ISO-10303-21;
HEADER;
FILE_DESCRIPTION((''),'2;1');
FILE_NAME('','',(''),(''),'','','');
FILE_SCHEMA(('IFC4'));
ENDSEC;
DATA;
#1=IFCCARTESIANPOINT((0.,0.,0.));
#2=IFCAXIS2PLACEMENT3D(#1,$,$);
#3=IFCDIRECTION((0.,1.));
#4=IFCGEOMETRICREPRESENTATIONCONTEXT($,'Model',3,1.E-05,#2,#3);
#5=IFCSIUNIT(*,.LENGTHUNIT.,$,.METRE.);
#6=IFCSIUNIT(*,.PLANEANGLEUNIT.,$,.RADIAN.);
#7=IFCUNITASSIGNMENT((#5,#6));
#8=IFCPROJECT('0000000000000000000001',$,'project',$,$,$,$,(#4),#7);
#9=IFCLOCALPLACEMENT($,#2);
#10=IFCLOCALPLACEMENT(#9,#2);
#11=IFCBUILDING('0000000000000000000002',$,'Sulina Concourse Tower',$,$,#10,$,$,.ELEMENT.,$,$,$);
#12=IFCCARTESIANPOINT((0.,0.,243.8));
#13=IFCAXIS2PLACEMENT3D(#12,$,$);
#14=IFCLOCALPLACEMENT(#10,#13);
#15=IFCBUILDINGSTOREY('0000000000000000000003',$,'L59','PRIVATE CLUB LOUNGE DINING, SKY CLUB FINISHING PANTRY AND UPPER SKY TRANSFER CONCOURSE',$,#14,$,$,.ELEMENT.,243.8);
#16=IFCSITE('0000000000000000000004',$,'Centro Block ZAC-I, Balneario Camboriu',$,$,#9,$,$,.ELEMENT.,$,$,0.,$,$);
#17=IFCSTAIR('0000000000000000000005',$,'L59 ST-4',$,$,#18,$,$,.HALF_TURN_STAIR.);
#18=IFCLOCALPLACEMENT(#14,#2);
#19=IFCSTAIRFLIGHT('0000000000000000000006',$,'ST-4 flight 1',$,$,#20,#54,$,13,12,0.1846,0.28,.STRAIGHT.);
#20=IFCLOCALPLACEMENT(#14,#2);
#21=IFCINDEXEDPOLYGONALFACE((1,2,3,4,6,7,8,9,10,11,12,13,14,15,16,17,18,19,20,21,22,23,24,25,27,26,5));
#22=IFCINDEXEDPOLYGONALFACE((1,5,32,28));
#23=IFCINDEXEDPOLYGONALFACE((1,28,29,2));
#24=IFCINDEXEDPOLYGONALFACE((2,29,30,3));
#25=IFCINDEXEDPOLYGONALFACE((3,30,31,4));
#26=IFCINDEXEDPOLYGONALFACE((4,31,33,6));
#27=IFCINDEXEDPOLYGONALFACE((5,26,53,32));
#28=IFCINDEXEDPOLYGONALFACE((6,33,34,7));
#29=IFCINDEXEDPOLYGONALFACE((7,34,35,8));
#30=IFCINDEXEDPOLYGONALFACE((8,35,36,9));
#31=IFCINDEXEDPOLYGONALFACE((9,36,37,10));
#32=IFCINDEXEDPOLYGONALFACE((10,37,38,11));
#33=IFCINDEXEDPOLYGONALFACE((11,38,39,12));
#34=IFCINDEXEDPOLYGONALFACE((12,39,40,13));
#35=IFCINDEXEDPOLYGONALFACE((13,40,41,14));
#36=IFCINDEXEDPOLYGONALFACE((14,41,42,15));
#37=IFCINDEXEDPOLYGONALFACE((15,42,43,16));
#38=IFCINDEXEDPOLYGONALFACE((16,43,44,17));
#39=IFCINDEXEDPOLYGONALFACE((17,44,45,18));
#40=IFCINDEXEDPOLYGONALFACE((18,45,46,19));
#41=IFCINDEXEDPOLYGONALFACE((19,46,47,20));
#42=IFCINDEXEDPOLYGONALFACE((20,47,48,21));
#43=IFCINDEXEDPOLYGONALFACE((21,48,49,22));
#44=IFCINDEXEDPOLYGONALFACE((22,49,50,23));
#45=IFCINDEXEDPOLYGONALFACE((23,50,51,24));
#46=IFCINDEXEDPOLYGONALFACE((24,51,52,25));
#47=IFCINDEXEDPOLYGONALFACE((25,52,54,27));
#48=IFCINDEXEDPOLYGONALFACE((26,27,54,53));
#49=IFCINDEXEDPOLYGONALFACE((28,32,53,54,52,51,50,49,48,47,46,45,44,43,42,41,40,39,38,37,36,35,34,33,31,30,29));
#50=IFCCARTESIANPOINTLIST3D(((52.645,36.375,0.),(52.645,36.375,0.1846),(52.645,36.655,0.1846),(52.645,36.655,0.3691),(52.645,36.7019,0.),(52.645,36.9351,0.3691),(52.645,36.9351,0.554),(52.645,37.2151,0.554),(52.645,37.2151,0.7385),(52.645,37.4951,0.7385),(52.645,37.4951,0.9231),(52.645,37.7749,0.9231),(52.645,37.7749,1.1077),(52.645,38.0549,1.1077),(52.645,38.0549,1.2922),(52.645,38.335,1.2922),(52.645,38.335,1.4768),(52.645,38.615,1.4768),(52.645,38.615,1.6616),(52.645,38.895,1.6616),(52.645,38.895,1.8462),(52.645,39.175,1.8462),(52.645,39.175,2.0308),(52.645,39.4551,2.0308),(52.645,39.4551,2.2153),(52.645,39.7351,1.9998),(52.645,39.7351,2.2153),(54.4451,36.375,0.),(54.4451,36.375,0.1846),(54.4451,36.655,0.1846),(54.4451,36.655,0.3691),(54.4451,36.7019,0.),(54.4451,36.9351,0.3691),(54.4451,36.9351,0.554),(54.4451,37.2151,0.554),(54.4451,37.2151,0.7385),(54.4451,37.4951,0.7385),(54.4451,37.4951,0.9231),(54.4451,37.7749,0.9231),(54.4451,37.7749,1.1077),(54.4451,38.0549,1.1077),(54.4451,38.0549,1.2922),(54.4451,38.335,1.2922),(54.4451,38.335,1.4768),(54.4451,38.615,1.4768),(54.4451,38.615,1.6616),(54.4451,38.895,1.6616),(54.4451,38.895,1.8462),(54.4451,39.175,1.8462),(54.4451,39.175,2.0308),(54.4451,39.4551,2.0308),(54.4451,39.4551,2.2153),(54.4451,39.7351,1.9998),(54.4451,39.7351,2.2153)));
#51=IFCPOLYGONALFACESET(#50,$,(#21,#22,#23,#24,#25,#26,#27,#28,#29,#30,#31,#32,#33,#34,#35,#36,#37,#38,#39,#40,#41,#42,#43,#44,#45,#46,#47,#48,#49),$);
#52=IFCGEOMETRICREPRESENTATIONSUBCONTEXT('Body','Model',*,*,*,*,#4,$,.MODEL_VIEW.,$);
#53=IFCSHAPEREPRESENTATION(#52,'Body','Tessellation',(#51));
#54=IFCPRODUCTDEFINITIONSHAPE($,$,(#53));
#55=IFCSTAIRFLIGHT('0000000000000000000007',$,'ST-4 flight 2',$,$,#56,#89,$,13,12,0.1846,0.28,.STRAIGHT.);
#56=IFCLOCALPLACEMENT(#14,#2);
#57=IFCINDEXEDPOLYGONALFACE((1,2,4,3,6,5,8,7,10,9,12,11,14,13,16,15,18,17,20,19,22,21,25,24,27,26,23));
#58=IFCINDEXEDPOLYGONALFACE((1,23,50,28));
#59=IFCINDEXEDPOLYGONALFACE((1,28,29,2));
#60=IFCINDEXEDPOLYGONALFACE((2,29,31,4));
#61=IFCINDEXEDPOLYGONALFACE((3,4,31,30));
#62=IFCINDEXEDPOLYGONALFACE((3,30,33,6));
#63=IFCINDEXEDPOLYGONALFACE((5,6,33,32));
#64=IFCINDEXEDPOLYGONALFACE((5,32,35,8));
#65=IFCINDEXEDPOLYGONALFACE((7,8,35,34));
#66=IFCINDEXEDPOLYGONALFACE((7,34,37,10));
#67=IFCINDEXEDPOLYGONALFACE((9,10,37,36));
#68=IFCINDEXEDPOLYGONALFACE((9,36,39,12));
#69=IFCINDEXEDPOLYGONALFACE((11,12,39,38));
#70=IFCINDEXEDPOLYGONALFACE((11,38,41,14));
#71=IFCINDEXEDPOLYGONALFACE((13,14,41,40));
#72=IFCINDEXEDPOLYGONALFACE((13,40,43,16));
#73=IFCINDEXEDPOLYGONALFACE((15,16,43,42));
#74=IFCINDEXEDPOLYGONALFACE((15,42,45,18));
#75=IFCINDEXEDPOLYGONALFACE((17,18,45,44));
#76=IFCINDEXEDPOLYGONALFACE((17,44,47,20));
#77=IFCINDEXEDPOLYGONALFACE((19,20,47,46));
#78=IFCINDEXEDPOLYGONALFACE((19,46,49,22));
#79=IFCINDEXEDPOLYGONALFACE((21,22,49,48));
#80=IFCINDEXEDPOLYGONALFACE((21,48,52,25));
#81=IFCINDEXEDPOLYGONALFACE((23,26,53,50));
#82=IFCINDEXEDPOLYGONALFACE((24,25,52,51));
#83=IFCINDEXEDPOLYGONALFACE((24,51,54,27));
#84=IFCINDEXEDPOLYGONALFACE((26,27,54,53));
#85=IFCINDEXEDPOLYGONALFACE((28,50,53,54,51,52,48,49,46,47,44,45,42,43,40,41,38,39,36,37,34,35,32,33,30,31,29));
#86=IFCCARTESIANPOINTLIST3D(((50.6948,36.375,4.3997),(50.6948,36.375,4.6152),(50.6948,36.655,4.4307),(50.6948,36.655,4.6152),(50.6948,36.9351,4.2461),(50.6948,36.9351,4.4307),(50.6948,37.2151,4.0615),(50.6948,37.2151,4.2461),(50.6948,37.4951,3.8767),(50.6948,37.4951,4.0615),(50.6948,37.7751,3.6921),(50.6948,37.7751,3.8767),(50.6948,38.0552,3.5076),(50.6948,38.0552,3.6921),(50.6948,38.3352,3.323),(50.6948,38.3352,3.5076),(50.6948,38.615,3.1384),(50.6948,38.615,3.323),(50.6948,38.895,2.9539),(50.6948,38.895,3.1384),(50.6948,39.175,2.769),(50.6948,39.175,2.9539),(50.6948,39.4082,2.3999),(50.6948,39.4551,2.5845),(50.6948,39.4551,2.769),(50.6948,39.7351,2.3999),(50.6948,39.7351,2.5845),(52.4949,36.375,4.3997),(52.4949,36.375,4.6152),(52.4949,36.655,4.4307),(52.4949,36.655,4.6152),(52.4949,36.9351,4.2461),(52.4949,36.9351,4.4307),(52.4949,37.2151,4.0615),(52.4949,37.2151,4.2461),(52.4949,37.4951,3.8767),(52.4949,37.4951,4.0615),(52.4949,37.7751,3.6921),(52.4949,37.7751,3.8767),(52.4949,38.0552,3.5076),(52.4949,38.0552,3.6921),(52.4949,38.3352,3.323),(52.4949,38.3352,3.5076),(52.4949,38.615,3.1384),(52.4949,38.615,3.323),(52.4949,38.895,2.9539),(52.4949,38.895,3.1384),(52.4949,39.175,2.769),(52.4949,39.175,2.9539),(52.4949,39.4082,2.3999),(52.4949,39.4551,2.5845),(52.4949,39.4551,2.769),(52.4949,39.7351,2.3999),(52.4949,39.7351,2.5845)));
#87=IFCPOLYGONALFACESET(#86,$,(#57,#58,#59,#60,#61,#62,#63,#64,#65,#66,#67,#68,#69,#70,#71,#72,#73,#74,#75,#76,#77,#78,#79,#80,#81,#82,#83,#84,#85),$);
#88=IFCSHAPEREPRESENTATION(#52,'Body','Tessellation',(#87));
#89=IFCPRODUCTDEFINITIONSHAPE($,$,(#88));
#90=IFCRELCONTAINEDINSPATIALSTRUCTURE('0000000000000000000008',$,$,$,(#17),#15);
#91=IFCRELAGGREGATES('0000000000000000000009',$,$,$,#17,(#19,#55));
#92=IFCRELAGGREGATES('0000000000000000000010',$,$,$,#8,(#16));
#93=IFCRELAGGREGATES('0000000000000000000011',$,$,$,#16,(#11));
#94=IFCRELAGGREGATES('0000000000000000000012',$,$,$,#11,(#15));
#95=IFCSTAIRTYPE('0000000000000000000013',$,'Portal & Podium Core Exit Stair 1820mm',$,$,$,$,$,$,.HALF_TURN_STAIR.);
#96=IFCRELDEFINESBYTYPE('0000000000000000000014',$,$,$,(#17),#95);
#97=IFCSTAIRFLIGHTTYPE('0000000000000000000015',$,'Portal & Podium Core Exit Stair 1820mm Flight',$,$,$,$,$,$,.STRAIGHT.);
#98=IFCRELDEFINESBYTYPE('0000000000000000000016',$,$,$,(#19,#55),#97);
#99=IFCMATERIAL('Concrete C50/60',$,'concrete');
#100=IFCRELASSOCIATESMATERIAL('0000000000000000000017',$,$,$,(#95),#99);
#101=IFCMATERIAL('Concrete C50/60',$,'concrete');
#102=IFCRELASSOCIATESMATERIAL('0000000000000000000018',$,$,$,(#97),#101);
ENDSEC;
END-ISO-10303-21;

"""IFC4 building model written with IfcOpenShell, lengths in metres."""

from ifc_helpers import new_model, si_unit, direction, frame, origin, place, context, subcontext, project, spatial, polyline, outline, extrude, material, type_object, element, aggregate, save


model = new_model("IFC4")

# Units and contexts
model_context = context("Model", 3, precision=1e-05, world=origin(), true_north=direction((0.0, 1.0)))
body_context = subcontext(model_context, "Body", "Model", "MODEL_VIEW")
ifc_project = project(units=[si_unit("LENGTHUNIT", "METRE"), si_unit("PLANEANGLEUNIT", "RADIAN")], contexts=[model_context])

# Site, building, storey
site_placement = place(None, origin())
site = spatial("IfcSite", under=ifc_project, at=site_placement, Name="Centro Block ZAC-I, Balneario Camboriu", CompositionType="ELEMENT", RefElevation=0.0)
building_placement = place(site_placement, origin())
building = spatial("IfcBuilding", under=site, at=building_placement, Name="Sulina Concourse Tower", CompositionType="ELEMENT")
storey_placement = place(building_placement, frame((0.0, 0.0, 243.8)))
storey = spatial("IfcBuildingStorey", under=building, at=storey_placement, Name="L59", Description="PRIVATE CLUB LOUNGE DINING, SKY CLUB FINISHING PANTRY AND UPPER SKY TRANSFER CONCOURSE", CompositionType="ELEMENT", Elevation=243.8)

# Stair, stair flights
ifc_material_1 = material(Name="Concrete C50/60", Category="concrete")
stair_type = type_object("IfcStairType", Name="Portal & Podium Core Exit Stair 1820mm", PredefinedType="HALF_TURN_STAIR", material=ifc_material_1)
stair_placement = place(storey_placement, origin())
stair = element("IfcStair", 1, at=stair_placement, inside=storey, type_object=stair_type, Name="L59 ST-4", PredefinedType="HALF_TURN_STAIR")
ifc_material_2 = material(Name="Concrete C50/60", Category="concrete")
stair_flight_type = type_object("IfcStairFlightType", Name="Portal & Podium Core Exit Stair 1820mm Flight", PredefinedType="STRAIGHT", material=ifc_material_2)
stair_flight_1_placement = place(storey_placement, frame((53.5449, 36.375, 0.0), z_axis=(0.0, 0.0, 1.0), x_axis=(0.0, 1.0, 0.0)))
stair_flight_1 = element("IfcStairFlight", 2, at=stair_flight_1_placement, type_object=stair_flight_type, Name="ST-4 flight 1", NumberOfRisers=13, NumberOfTreads=12, PredefinedType="STRAIGHT", RiserHeight=0.1846, TreadLength=0.28, context=body_context, shape_type="SweptSolid", body=[
    extrude(outline(polyline([(0.0, 0.0), (0.0, 0.1846), (0.28, 0.1846), (0.28, 0.3691), (0.5601, 0.3691), (0.5601, 0.554), (0.8401, 0.554), (0.8401, 0.7385), (1.1201, 0.7385), (1.1201, 0.9231), (1.3999, 0.9231), (1.3999, 1.1077), (1.6799, 1.1077), (1.6799, 1.2922), (1.96, 1.2922), (1.96, 1.4768), (2.24, 1.4768), (2.24, 1.6616), (2.52, 1.6616), (2.52, 1.8462), (2.8, 1.8462), (2.8, 2.0308), (3.0801, 2.0308), (3.0801, 2.2153), (3.3601, 2.2153), (3.3601, 2.3999), (3.3601, 1.9998), (0.3269, 0.0), (0.0, 0.0)])), frame((0.0, 0.8999, 0.0), z_axis=(0.0, -1.0, 0.0), x_axis=(1.0, 0.0, 0.0)), (0.0, 0.0, 1.0), 1.8),
])
stair_flight_2_placement = place(storey_placement, frame((51.595, 39.7351, 2.3999), z_axis=(0.0, 0.0, 1.0), x_axis=(0.0, -1.0, 0.0)))
stair_flight_2 = element("IfcStairFlight", 3, at=stair_flight_2_placement, type_object=stair_flight_type, Name="ST-4 flight 2", NumberOfRisers=13, NumberOfTreads=12, PredefinedType="STRAIGHT", RiserHeight=0.1846, TreadLength=0.28, context=body_context, shape_type="SweptSolid", body=[
    extrude(outline(polyline([(0.0, 0.0), (0.0, 0.1846), (0.28, 0.1846), (0.28, 0.3691), (0.5601, 0.3691), (0.5601, 0.554), (0.8401, 0.554), (0.8401, 0.7385), (1.1201, 0.7385), (1.1201, 0.9231), (1.3999, 0.9231), (1.3999, 1.1077), (1.6799, 1.1077), (1.6799, 1.2922), (1.96, 1.2922), (1.96, 1.4768), (2.24, 1.4768), (2.24, 1.6616), (2.52, 1.6616), (2.52, 1.8462), (2.8, 1.8462), (2.8, 2.0308), (3.0801, 2.0308), (3.0801, 2.2153), (3.3601, 2.2153), (3.3601, 2.3999), (3.3601, 1.9998), (0.3269, 0.0), (0.0, 0.0)])), frame((0.0, 0.8999, 0.0), z_axis=(0.0, -1.0, 0.0), x_axis=(1.0, 0.0, 0.0)), (0.0, 0.0, 1.0), 1.8),
])
aggregate(stair, [stair_flight_1, stair_flight_2])

save(model, "model.ifc")
